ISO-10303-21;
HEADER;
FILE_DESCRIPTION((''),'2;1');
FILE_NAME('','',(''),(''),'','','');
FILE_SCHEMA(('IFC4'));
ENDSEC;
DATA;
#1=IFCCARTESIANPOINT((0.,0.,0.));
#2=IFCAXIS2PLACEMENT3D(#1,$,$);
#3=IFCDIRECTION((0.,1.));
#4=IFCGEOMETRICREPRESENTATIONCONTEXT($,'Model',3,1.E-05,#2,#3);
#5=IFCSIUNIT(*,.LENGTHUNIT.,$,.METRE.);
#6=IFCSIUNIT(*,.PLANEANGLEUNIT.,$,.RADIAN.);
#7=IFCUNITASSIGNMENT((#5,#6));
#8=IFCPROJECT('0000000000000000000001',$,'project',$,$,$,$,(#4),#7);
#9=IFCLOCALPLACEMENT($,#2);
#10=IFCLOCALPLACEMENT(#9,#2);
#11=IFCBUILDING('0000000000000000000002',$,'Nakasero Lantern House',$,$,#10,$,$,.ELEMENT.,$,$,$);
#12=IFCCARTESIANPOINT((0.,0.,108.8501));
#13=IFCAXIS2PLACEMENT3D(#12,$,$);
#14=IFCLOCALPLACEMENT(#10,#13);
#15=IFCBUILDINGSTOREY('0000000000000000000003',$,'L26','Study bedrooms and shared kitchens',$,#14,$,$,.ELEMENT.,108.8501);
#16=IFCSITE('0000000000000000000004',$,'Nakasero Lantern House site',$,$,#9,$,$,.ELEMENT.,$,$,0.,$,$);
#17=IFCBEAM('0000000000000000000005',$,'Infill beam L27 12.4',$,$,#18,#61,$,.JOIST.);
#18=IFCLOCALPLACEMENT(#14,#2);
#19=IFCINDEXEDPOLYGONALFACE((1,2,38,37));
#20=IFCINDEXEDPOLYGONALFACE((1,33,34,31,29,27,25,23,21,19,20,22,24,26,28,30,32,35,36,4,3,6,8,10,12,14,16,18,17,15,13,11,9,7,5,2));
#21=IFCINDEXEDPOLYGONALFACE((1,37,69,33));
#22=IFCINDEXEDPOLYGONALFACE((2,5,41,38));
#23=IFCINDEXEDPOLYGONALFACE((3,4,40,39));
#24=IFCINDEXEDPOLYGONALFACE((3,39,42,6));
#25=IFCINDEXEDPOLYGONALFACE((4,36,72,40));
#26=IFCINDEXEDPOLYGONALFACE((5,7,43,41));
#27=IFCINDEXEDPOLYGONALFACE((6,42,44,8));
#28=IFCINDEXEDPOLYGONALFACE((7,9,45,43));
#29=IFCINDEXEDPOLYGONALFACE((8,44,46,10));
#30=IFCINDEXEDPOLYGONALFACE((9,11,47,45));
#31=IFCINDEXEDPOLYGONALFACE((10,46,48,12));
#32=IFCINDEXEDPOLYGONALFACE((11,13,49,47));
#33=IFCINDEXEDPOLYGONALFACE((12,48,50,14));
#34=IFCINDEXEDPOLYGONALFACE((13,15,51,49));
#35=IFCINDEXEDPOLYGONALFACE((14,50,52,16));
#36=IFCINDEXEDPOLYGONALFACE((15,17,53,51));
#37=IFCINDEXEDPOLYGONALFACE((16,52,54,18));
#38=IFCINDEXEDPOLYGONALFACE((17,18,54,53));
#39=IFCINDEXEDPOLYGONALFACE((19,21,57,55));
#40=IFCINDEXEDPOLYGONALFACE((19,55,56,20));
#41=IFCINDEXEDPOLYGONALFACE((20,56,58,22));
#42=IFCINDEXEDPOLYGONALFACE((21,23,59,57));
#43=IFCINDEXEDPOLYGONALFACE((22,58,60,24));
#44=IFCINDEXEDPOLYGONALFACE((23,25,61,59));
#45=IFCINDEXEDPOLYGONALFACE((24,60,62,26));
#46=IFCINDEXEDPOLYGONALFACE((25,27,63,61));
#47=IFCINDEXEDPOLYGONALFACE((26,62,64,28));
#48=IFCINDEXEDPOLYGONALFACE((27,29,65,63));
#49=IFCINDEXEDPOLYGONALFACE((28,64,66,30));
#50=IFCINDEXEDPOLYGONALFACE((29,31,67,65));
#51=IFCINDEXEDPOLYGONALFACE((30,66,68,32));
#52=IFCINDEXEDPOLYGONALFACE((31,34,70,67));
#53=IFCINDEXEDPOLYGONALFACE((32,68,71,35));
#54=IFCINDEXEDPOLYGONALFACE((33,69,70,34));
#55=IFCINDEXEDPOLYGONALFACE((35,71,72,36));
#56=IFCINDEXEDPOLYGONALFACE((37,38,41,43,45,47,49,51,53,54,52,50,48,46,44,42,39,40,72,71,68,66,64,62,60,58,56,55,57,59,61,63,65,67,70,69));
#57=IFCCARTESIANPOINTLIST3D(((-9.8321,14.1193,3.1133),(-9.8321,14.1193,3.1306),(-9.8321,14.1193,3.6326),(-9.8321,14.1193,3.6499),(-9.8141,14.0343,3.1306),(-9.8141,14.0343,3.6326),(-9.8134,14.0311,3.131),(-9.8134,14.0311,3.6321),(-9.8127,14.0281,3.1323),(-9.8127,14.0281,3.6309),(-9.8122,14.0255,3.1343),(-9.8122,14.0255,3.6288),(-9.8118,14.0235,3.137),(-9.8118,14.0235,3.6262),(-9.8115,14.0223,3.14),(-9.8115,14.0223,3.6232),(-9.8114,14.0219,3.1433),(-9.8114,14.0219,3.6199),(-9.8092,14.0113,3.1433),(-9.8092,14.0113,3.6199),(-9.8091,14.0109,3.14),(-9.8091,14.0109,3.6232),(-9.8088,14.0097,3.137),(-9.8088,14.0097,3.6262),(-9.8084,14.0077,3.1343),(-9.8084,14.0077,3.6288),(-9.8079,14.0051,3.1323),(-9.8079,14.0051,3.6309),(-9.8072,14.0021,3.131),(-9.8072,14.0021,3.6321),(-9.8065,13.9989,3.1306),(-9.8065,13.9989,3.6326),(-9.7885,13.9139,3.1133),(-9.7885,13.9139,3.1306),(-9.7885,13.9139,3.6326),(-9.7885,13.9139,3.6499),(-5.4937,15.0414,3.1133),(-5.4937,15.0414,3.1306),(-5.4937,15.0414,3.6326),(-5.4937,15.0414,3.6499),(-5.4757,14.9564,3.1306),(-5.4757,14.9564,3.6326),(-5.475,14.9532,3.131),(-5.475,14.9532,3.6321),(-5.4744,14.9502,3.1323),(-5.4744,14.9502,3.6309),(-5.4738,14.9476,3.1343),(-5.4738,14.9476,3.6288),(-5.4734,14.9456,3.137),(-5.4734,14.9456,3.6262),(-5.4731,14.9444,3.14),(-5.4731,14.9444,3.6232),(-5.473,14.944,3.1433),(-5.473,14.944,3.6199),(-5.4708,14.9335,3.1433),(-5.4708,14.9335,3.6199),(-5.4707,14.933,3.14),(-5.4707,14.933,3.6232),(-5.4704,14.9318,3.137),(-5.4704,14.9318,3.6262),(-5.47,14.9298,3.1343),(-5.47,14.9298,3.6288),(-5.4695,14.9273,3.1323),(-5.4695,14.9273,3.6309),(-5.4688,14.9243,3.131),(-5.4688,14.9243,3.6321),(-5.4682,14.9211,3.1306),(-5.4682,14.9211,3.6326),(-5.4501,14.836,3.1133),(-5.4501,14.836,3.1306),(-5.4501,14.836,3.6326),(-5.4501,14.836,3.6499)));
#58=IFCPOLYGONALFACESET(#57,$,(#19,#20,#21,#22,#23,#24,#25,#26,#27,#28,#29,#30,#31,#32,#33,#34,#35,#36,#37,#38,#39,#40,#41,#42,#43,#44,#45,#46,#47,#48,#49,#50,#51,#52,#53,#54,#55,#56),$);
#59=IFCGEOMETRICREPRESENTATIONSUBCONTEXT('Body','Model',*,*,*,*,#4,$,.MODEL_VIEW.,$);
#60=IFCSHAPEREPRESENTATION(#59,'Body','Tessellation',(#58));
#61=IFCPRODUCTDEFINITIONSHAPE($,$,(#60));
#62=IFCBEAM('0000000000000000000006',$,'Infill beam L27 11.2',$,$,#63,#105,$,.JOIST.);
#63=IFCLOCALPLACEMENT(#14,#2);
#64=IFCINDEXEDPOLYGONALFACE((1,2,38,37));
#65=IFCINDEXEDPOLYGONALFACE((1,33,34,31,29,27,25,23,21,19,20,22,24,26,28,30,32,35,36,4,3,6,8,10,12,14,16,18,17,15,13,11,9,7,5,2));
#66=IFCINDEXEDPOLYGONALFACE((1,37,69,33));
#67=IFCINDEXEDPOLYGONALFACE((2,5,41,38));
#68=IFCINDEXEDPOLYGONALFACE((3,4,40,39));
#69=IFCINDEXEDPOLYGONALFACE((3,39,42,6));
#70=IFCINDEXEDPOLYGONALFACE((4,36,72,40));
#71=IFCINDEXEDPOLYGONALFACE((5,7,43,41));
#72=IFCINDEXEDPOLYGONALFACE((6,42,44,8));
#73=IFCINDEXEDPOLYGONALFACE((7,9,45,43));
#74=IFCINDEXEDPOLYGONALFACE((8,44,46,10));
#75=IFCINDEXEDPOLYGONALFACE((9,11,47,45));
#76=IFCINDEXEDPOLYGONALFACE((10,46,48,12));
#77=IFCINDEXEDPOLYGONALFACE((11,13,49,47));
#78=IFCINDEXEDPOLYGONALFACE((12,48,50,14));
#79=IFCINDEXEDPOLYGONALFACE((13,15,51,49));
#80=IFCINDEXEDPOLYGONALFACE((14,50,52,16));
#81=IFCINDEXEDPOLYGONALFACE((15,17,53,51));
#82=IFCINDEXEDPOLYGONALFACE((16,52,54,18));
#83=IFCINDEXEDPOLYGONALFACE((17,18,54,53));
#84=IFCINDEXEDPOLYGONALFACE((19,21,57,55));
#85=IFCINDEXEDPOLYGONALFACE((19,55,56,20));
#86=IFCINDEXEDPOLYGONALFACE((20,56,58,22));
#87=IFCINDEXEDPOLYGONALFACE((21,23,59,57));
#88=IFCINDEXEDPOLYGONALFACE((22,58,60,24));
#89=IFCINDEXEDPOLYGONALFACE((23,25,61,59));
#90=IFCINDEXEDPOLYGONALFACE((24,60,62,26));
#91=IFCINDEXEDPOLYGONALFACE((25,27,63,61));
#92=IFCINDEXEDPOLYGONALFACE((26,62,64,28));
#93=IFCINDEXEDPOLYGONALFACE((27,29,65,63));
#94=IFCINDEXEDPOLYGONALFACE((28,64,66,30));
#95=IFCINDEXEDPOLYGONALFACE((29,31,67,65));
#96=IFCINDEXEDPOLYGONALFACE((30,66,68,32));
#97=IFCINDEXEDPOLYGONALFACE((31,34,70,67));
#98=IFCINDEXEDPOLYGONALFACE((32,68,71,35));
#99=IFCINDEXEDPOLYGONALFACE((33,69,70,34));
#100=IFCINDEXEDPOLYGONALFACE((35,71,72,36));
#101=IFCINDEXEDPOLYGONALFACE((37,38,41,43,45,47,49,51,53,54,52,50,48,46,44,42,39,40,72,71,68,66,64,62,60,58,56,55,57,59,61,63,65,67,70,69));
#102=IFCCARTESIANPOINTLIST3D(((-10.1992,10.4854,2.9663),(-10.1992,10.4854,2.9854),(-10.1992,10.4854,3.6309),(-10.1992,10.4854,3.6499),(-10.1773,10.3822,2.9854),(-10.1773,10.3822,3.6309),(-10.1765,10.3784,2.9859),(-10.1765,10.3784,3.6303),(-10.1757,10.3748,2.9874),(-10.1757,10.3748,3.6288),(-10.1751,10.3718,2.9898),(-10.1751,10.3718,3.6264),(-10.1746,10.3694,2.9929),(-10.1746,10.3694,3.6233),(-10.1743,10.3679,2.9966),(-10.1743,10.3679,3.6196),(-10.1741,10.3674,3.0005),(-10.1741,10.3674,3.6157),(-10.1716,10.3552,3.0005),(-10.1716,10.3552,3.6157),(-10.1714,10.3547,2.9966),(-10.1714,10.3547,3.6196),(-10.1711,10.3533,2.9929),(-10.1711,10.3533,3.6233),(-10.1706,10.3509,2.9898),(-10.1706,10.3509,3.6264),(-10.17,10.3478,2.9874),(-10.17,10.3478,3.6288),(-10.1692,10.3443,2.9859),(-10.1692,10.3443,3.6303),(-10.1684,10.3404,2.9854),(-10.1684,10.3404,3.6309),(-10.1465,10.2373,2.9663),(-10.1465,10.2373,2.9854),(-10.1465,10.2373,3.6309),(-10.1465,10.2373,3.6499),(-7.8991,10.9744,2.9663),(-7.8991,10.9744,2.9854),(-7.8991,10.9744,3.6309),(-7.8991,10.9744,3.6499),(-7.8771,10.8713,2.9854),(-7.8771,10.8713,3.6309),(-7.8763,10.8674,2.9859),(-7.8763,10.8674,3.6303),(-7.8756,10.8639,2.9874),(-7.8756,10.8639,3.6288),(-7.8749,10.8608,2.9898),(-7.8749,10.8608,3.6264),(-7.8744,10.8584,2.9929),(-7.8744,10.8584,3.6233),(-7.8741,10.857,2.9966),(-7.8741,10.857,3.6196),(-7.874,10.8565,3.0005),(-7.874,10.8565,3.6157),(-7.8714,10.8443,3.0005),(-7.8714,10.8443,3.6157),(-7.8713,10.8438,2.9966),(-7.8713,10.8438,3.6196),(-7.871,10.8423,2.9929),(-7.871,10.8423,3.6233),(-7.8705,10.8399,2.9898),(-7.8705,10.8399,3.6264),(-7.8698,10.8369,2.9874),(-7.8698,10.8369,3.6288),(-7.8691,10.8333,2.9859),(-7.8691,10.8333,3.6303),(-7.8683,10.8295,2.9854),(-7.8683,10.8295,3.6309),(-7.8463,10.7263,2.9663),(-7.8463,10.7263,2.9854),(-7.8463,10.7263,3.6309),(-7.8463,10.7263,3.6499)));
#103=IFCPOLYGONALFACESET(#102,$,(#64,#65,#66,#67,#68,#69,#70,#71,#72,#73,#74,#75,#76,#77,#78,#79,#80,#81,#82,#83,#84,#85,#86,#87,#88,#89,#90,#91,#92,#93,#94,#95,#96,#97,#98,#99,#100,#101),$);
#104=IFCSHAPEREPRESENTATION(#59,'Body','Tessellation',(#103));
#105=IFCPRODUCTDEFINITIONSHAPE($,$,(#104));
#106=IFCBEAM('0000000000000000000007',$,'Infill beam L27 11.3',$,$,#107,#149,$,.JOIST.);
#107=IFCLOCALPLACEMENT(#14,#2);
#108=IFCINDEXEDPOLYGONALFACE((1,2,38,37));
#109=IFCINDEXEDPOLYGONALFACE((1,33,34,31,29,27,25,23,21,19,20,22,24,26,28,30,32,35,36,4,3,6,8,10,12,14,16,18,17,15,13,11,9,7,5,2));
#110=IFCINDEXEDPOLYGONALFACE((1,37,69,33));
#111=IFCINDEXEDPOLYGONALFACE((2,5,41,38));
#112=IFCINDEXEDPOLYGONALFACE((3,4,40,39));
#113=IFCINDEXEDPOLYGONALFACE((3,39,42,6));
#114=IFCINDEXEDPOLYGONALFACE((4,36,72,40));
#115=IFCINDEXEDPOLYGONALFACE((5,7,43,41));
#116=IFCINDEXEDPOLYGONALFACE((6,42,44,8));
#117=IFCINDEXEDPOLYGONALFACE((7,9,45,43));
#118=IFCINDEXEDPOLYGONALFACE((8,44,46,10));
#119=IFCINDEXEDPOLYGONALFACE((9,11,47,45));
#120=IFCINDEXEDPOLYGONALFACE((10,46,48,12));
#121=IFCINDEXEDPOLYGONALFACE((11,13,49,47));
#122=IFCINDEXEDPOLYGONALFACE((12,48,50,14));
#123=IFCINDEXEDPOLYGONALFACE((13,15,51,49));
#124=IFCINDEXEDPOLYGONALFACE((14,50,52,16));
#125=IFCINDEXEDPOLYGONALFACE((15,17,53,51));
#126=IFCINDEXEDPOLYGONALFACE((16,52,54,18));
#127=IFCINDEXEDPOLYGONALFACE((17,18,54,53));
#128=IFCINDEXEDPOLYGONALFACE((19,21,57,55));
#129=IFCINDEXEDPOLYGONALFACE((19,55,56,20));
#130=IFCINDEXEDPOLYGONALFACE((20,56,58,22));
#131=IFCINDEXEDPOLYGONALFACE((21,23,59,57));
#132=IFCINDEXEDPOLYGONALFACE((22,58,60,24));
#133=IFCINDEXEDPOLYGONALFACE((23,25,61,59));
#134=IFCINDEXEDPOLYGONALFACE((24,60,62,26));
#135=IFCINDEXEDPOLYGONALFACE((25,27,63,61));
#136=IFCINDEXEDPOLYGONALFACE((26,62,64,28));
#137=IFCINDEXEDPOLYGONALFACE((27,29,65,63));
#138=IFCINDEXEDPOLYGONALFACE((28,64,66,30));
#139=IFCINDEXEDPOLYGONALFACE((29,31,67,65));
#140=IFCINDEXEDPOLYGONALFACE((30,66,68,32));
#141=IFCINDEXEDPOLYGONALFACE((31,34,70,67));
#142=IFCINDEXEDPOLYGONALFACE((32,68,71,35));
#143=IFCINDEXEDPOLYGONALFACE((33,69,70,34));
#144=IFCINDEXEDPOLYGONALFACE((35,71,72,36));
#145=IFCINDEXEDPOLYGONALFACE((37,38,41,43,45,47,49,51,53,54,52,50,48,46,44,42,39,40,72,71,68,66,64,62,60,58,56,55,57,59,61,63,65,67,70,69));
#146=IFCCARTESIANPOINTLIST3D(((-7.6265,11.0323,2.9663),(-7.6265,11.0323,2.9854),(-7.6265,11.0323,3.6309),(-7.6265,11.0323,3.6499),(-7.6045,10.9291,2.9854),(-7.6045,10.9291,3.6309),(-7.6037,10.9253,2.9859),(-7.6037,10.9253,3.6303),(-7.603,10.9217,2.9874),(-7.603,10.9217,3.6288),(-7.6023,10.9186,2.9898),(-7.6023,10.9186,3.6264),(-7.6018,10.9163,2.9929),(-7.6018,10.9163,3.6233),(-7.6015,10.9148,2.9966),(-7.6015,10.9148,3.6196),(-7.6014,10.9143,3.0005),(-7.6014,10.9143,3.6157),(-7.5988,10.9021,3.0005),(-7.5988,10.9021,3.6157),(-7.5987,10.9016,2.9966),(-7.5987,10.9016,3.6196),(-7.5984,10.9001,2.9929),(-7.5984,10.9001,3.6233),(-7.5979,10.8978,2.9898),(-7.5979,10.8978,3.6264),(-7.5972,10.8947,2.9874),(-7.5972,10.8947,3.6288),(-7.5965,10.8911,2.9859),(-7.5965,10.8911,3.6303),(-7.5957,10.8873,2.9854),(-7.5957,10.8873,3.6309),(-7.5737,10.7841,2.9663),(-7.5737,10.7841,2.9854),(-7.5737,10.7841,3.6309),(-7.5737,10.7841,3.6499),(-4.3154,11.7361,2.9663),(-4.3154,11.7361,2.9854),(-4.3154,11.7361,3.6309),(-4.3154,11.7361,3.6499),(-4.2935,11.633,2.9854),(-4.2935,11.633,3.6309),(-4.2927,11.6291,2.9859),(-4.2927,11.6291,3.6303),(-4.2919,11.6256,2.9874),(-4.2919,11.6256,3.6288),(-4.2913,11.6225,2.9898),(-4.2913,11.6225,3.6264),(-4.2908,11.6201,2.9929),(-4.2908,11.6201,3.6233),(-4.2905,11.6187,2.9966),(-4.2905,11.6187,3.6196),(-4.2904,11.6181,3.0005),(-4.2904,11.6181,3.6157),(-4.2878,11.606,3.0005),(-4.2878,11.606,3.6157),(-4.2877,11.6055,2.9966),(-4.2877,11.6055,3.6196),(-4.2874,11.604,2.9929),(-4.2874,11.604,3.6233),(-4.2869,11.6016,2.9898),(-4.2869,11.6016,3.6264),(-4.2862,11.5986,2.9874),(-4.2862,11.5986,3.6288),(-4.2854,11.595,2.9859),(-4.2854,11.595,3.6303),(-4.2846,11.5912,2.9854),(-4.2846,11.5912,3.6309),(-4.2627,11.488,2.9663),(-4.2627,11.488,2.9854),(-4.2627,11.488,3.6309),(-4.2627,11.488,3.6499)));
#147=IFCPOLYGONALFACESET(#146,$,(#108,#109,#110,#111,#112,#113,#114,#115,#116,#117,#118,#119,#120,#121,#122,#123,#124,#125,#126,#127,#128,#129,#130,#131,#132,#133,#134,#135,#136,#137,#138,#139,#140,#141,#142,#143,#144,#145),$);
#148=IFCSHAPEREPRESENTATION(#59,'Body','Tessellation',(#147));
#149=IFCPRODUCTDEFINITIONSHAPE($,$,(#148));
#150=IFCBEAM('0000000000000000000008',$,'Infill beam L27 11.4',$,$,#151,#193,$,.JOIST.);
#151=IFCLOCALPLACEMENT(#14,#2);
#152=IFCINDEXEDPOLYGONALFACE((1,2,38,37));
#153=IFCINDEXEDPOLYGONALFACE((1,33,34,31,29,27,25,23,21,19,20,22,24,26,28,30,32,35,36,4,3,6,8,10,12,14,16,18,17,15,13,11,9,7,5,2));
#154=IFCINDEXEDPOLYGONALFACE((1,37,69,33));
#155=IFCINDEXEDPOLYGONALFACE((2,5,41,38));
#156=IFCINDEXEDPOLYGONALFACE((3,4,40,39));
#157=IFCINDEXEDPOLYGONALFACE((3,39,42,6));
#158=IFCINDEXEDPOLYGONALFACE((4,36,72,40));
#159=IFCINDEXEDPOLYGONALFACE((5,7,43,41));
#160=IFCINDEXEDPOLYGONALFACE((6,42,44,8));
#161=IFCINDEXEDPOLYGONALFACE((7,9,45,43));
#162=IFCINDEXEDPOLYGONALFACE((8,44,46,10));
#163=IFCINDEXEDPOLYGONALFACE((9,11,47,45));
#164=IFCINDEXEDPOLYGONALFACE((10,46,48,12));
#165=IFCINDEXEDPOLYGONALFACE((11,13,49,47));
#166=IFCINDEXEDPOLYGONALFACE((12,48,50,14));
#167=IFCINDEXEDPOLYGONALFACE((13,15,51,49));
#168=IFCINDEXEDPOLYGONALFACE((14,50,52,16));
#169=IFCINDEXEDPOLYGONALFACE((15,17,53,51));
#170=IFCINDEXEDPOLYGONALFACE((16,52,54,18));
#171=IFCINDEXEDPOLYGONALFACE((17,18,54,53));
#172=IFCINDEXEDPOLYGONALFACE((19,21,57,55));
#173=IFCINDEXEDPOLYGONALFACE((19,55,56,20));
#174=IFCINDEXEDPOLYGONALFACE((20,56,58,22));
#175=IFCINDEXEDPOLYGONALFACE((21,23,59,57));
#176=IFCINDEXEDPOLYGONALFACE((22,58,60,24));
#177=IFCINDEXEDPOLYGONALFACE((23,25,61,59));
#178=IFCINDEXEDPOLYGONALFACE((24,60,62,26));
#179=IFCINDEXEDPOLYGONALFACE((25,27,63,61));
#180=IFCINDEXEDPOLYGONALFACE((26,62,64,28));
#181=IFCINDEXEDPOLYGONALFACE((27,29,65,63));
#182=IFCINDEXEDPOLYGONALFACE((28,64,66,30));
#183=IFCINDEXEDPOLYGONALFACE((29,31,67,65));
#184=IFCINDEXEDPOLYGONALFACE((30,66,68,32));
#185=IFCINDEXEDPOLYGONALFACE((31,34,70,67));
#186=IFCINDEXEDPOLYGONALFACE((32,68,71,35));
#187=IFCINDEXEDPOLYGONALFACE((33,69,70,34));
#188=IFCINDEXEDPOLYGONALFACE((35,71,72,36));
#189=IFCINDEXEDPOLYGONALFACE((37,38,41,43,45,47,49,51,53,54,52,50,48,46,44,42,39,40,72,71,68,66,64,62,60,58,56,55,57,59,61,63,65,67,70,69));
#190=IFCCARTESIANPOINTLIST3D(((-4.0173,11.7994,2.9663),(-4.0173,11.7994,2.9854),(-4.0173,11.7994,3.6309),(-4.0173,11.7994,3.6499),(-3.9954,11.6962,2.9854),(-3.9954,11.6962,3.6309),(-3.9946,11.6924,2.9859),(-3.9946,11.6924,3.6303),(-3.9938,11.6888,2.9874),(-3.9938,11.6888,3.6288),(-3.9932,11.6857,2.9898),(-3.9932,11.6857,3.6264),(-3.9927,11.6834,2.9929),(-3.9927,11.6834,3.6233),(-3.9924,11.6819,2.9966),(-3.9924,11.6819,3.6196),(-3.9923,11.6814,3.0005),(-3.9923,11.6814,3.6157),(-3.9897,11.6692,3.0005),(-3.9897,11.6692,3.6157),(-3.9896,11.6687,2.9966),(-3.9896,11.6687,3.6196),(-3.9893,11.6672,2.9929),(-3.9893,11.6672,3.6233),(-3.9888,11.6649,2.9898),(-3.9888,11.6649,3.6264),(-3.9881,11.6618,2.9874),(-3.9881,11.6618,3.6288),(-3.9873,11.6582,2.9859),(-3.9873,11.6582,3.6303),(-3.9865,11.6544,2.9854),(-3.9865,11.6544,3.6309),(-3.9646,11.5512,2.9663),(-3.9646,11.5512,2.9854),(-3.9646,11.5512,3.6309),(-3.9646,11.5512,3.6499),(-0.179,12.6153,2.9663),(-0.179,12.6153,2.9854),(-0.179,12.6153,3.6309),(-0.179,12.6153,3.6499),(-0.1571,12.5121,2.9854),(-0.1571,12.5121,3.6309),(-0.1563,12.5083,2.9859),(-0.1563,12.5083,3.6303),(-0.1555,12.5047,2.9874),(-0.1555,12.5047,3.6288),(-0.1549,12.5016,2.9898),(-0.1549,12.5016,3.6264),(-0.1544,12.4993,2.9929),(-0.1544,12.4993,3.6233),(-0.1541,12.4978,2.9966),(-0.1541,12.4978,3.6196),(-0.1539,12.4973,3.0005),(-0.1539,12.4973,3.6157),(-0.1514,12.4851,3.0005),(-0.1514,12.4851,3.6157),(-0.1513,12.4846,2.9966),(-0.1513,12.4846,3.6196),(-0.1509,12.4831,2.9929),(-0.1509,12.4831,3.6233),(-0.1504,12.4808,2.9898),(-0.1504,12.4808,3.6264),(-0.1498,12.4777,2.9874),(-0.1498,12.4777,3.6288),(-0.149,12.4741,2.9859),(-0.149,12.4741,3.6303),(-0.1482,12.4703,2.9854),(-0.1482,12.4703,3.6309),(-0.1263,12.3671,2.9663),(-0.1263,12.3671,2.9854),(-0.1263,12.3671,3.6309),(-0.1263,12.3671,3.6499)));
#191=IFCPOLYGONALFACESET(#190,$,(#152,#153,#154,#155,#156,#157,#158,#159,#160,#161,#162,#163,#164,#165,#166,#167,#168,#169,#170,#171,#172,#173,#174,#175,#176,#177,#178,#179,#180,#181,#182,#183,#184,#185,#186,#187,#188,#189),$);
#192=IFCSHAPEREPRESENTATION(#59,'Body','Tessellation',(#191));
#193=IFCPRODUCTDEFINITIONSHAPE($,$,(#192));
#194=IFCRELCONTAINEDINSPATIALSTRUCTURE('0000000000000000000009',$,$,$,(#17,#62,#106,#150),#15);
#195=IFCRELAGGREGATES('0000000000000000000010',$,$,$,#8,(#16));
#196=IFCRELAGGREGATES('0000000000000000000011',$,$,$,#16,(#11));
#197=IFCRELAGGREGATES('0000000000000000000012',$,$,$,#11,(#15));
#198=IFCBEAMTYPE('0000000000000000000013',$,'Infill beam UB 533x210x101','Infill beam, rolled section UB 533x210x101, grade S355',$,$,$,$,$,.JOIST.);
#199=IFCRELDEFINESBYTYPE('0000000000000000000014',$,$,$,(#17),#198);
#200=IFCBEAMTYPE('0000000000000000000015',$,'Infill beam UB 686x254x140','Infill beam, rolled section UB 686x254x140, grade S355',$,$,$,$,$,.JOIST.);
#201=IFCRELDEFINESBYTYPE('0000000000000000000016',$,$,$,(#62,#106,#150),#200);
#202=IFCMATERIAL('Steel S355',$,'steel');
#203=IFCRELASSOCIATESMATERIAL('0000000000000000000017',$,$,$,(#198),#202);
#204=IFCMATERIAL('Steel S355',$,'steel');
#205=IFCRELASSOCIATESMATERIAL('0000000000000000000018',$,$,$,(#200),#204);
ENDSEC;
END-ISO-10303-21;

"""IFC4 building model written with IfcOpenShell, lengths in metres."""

from ifc_helpers import new_model, si_unit, direction, frame, origin, origin_2d, place, context, subcontext, project, spatial, i_section, extrude, material, material_profile, profile_set, type_object, element, save


model = new_model("IFC4")

# Units and contexts
model_context = context("Model", 3, precision=1e-05, world=origin(), true_north=direction((0.0, 1.0)))
body_context = subcontext(model_context, "Body", "Model", "MODEL_VIEW")
ifc_project = project(units=[si_unit("LENGTHUNIT", "METRE"), si_unit("PLANEANGLEUNIT", "RADIAN")], contexts=[model_context])

# Site, building, storey
site_placement = place(None, origin())
site = spatial("IfcSite", under=ifc_project, at=site_placement, Name="Nakasero Lantern House site", CompositionType="ELEMENT", RefElevation=0.0)
building_placement = place(site_placement, origin())
building = spatial("IfcBuilding", under=site, at=building_placement, Name="Nakasero Lantern House", CompositionType="ELEMENT")
storey_placement = place(building_placement, frame((0.0, 0.0, 108.8501)))
storey = spatial("IfcBuildingStorey", under=building, at=storey_placement, Name="L26", Description="Study bedrooms and shared kitchens", CompositionType="ELEMENT", Elevation=108.8501)

# Beams
ifc_material_1 = material(Name="Steel S355", Category="steel")
ifc_material_profile_1 = material_profile(ifc_material_1, i_section(OverallWidth=0.21, OverallDepth=0.5366, WebThickness=0.0107, FlangeThickness=0.0173, FilletRadius=0.0127, at=origin_2d()), Name="UB 533x210x101")
ifc_profile_set_1 = profile_set([ifc_material_profile_1], Name="Steel S355")
beam_type_1 = type_object("IfcBeamType", Name="Infill beam UB 533x210x101", Description="Infill beam, rolled section UB 533x210x101, grade S355", PredefinedType="JOIST", material=ifc_profile_set_1)
beam_1_placement = place(storey_placement, frame((-9.8103, 14.0166, 3.3816), z_axis=(0.978149, 0.207905, 0.0), x_axis=(-0.207905, 0.978149, 0.0)))
element("IfcBeam", 1, at=beam_1_placement, inside=storey, type_object=beam_type_1, Name="Infill beam L27 12.4", PredefinedType="JOIST", context=body_context, shape_type="SweptSolid", body=[
    extrude(i_section(OverallWidth=0.21, OverallDepth=0.5366, WebThickness=0.0107, FlangeThickness=0.0173, FilletRadius=0.0127, at=origin_2d()), origin(), (0.0, 0.0, 1.0), 4.4353),
])
ifc_material_2 = material(Name="Steel S355", Category="steel")
ifc_material_profile_2 = material_profile(ifc_material_2, i_section(OverallWidth=0.2537, OverallDepth=0.6836, WebThickness=0.0125, FlangeThickness=0.019, FilletRadius=0.0151, at=origin_2d()), Name="UB 686x254x140")
ifc_profile_set_2 = profile_set([ifc_material_profile_2], Name="Steel S355")
beam_type_2 = type_object("IfcBeamType", Name="Infill beam UB 686x254x140", Description="Infill beam, rolled section UB 686x254x140, grade S355", PredefinedType="JOIST", material=ifc_profile_set_2)
beam_2_placement = place(storey_placement, frame((-10.1729, 10.3613, 3.3081), z_axis=(0.978137, 0.207962, 0.0), x_axis=(-0.207962, 0.978137, 0.0)))
element("IfcBeam", 2, at=beam_2_placement, inside=storey, type_object=beam_type_2, Name="Infill beam L27 11.2", PredefinedType="JOIST", context=body_context, shape_type="SweptSolid", body=[
    extrude(i_section(OverallWidth=0.2537, OverallDepth=0.6836, WebThickness=0.0125, FlangeThickness=0.019, FilletRadius=0.0151, at=origin_2d()), origin(), (0.0, 0.0, 1.0), 2.3516),
])
beam_3_placement = place(storey_placement, frame((-7.6001, 10.9082, 3.3081), z_axis=(0.978143, 0.207933, 0.0), x_axis=(-0.207933, 0.978143, 0.0)))
element("IfcBeam", 3, at=beam_3_placement, inside=storey, type_object=beam_type_2, Name="Infill beam L27 11.3", PredefinedType="JOIST", context=body_context, shape_type="SweptSolid", body=[
    extrude(i_section(OverallWidth=0.2537, OverallDepth=0.6836, WebThickness=0.0125, FlangeThickness=0.019, FilletRadius=0.0151, at=origin_2d()), origin(), (0.0, 0.0, 1.0), 3.385),
])
beam_4_placement = place(storey_placement, frame((-3.991, 11.6753, 3.3081), z_axis=(0.978145, 0.207923, 0.0), x_axis=(-0.207923, 0.978145, 0.0)))
element("IfcBeam", 4, at=beam_4_placement, inside=storey, type_object=beam_type_2, Name="Infill beam L27 11.4", PredefinedType="JOIST", context=body_context, shape_type="SweptSolid", body=[
    extrude(i_section(OverallWidth=0.2537, OverallDepth=0.6836, WebThickness=0.0125, FlangeThickness=0.019, FilletRadius=0.0151, at=origin_2d()), origin(), (0.0, 0.0, 1.0), 3.9241),
])

save(model, "model.ifc")
